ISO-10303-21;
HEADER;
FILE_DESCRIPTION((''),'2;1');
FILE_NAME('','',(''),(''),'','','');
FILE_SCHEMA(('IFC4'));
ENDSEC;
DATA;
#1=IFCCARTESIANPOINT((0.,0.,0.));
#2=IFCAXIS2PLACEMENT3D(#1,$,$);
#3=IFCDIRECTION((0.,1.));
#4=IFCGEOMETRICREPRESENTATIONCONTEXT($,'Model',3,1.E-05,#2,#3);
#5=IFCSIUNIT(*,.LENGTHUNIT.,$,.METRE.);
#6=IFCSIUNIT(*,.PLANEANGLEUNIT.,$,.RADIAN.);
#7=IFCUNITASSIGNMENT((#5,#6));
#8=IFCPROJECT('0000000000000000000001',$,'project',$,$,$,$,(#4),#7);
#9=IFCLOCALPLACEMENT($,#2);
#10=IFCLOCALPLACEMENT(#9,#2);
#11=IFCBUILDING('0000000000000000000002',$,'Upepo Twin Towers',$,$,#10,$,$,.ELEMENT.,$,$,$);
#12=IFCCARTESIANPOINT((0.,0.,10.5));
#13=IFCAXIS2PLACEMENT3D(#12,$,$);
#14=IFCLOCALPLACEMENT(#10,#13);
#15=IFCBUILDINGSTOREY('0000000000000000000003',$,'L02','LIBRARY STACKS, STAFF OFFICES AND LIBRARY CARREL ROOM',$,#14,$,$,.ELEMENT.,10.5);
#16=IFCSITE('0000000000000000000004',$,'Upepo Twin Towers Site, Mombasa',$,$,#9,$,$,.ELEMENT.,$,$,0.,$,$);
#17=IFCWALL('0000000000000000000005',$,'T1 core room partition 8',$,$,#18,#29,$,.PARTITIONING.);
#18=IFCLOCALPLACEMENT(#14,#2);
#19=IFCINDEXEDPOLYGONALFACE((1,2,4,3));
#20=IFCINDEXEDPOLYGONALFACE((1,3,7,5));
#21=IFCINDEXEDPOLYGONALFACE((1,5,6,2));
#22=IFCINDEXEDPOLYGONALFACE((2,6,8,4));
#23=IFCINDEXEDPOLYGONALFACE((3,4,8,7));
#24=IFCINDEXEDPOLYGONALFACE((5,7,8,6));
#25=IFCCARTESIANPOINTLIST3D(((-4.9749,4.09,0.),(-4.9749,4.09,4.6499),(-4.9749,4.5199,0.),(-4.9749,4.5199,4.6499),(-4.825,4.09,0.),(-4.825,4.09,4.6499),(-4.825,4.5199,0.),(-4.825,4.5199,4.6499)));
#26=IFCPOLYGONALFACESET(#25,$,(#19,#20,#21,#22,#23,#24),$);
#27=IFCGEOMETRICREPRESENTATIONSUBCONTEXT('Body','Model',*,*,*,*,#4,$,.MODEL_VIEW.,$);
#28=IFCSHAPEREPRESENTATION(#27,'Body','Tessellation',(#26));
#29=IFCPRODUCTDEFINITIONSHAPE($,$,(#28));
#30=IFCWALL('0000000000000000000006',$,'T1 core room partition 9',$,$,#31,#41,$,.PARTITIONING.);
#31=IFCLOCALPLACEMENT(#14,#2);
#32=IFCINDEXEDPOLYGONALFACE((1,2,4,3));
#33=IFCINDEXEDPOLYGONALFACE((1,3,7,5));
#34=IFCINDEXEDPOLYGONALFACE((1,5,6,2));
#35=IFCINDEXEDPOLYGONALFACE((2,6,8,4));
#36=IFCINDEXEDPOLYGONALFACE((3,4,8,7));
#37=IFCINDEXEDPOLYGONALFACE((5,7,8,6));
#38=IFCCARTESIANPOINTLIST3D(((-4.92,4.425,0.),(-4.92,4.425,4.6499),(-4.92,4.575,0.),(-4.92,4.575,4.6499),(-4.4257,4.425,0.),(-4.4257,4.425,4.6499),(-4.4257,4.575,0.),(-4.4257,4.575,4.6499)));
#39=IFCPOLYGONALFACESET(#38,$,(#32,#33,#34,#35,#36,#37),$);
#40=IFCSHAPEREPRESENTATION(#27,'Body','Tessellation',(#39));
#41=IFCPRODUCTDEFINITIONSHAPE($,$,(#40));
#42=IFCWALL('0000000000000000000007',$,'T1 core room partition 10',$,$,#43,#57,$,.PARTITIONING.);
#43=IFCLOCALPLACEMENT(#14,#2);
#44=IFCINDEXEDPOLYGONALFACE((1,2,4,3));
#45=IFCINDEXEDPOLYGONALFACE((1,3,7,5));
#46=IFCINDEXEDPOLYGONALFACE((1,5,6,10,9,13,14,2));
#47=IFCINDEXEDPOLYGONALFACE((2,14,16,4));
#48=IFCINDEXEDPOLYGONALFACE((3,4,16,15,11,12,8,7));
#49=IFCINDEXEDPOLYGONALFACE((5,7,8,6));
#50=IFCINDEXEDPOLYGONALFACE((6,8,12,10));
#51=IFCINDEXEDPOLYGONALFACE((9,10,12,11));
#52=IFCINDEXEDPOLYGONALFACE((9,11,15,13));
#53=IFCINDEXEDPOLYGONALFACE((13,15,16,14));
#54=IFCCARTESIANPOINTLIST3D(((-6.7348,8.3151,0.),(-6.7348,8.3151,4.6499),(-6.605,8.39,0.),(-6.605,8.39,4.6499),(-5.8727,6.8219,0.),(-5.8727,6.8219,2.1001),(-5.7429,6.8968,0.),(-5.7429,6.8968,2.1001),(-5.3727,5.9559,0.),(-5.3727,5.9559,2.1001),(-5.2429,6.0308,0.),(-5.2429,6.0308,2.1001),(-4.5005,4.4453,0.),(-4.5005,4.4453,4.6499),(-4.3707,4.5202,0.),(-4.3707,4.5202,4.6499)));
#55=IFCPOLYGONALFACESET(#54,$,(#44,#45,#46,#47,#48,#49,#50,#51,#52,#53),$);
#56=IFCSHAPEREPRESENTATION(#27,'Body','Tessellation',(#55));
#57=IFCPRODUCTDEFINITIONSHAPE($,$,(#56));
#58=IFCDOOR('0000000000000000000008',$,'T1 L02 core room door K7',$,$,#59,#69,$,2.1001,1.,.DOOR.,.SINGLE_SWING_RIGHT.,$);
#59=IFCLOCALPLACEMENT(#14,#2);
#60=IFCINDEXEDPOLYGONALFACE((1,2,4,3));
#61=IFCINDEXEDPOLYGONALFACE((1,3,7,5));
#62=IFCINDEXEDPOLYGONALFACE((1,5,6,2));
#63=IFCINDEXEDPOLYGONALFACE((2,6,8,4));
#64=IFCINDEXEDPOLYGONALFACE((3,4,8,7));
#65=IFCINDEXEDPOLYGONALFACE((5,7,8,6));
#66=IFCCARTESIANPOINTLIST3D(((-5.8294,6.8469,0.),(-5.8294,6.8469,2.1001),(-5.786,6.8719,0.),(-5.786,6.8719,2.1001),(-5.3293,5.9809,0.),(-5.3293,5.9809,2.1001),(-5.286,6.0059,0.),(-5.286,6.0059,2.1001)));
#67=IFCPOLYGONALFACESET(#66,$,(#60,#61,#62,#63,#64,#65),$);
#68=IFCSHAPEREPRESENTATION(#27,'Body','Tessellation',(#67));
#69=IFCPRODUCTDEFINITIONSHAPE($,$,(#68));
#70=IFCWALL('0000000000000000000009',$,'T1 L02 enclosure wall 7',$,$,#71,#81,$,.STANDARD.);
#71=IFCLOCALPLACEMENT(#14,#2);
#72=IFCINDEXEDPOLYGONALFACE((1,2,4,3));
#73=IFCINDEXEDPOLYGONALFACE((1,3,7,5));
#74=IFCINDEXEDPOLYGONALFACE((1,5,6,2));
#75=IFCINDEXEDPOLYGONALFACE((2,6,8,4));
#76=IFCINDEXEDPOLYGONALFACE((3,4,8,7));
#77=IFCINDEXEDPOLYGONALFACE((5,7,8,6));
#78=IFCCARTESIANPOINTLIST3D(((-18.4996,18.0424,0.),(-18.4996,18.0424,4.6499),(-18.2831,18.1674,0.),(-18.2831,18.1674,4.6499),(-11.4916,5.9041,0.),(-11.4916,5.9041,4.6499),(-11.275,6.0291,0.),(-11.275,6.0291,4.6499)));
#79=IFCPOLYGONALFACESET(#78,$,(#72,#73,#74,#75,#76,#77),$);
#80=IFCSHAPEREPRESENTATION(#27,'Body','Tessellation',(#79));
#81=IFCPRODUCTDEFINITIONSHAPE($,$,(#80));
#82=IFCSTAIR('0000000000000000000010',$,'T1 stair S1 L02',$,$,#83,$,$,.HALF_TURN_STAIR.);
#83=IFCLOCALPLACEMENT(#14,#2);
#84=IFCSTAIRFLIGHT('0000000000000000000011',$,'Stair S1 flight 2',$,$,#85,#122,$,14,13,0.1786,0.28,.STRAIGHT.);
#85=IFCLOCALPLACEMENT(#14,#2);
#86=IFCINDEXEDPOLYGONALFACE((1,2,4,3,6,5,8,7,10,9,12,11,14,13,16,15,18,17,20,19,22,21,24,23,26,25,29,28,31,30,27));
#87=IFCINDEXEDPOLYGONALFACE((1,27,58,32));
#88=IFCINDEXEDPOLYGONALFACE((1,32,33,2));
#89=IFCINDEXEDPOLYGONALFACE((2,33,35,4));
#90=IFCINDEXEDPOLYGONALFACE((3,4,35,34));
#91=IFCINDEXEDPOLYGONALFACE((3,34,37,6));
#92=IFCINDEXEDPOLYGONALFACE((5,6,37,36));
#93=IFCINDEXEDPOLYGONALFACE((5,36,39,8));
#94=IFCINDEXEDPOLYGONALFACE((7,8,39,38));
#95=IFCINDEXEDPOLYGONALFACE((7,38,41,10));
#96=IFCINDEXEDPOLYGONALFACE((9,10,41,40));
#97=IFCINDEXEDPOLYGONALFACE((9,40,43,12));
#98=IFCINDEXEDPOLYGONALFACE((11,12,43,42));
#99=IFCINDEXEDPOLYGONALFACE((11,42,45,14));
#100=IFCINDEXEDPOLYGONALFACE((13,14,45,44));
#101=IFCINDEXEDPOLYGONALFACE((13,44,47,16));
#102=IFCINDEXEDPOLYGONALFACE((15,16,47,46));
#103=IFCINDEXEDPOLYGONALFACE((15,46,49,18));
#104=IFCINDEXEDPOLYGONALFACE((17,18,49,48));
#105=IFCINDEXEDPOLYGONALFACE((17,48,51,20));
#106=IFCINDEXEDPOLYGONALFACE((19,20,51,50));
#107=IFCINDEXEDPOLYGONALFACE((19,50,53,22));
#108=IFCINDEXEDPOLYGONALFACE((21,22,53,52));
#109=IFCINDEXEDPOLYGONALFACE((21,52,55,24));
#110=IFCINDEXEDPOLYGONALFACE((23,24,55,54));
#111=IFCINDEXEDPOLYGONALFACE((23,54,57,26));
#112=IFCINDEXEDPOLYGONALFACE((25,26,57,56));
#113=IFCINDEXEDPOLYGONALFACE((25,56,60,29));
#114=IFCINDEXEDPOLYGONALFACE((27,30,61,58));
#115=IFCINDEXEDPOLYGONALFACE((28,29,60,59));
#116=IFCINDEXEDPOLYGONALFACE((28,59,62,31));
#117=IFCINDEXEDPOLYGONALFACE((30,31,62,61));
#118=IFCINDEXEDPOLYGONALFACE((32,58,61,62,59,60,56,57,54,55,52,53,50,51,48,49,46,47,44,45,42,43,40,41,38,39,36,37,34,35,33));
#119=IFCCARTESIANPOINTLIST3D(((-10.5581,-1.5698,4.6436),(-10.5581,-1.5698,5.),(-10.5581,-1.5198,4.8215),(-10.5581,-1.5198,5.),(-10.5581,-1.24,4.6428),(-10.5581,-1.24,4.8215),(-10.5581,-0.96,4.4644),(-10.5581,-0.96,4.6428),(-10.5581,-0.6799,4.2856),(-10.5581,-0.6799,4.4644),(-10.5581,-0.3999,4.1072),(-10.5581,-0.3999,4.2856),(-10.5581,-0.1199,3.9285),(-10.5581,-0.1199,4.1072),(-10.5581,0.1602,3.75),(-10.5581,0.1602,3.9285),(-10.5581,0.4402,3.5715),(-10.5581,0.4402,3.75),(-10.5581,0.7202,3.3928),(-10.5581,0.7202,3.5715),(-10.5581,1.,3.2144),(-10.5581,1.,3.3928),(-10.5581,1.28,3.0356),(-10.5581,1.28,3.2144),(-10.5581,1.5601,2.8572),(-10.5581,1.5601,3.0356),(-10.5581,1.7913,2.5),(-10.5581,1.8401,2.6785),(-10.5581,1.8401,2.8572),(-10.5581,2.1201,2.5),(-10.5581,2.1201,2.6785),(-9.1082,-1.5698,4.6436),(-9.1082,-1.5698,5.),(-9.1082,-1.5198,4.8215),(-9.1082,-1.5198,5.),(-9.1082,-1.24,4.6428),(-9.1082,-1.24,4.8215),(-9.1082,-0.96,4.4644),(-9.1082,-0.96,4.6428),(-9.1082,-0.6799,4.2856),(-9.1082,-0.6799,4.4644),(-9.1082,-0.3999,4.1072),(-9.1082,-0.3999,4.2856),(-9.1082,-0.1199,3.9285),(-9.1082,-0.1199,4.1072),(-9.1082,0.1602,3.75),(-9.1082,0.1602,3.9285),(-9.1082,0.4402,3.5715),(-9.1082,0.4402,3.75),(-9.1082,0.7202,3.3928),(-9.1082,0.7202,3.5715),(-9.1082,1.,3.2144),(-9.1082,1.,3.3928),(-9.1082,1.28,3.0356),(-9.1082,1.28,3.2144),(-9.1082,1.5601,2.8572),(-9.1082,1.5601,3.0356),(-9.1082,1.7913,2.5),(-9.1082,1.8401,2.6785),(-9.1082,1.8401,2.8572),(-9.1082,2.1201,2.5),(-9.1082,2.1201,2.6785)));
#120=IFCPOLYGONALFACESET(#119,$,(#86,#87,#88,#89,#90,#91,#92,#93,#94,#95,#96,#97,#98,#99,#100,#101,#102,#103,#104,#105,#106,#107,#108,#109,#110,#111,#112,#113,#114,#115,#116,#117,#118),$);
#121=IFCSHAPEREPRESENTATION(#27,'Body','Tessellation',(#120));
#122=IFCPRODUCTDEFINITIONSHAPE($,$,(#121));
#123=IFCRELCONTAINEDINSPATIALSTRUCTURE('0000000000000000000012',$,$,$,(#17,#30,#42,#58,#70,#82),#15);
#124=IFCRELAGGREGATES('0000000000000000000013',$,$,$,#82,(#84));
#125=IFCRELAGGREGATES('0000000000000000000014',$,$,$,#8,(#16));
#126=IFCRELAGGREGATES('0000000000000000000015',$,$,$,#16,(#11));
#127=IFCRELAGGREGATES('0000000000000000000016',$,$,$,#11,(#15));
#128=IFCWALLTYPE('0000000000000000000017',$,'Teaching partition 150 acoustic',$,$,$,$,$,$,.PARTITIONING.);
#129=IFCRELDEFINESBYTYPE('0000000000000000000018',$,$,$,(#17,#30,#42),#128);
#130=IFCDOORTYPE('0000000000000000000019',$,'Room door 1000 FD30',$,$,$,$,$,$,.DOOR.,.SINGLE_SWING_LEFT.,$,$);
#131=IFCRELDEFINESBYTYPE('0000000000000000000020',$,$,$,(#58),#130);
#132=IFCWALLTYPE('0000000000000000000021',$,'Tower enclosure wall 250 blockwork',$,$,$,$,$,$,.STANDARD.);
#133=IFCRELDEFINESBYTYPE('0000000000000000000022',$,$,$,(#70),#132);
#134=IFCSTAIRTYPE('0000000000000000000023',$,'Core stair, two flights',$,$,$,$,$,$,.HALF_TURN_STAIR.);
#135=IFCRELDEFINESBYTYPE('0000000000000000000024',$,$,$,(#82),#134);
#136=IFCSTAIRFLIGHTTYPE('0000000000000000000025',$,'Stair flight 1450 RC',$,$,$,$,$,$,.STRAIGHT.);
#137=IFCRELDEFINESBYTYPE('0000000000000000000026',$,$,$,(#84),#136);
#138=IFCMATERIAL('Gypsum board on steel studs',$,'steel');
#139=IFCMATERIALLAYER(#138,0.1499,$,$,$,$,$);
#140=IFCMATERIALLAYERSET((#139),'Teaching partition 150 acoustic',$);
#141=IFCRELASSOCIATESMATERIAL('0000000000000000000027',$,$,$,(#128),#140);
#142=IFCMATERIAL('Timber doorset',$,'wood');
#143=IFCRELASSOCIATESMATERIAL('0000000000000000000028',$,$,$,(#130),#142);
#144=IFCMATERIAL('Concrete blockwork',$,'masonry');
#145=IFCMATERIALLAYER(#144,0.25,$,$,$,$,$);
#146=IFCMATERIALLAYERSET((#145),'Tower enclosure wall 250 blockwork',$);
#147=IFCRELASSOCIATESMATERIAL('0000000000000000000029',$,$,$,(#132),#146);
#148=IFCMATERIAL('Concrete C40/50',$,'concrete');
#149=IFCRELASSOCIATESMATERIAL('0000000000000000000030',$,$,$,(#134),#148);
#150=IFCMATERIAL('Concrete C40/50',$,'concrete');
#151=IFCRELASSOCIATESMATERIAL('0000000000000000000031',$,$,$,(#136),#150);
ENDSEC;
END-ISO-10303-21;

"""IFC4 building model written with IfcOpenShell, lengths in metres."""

from ifc_helpers import new_model, si_unit, direction, frame, frame_2d, origin, place, context, subcontext, project, spatial, polyline, rectangle, outline, extrude, material, layer, layer_set, type_object, element, fill, aggregate, save


model = new_model("IFC4")

# Units and contexts
model_context = context("Model", 3, precision=1e-05, world=origin(), true_north=direction((0.0, 1.0)))
body_context = subcontext(model_context, "Body", "Model", "MODEL_VIEW")
ifc_project = project(units=[si_unit("LENGTHUNIT", "METRE"), si_unit("PLANEANGLEUNIT", "RADIAN")], contexts=[model_context])

# Site, building, storey
site_placement = place(None, origin())
site = spatial("IfcSite", under=ifc_project, at=site_placement, Name="Upepo Twin Towers Site, Mombasa", CompositionType="ELEMENT", RefElevation=0.0)
building_placement = place(site_placement, origin())
building = spatial("IfcBuilding", under=site, at=building_placement, Name="Upepo Twin Towers", CompositionType="ELEMENT")
storey_placement = place(building_placement, frame((0.0, 0.0, 10.5)))
storey = spatial("IfcBuildingStorey", under=building, at=storey_placement, Name="L02", Description="LIBRARY STACKS, STAFF OFFICES AND LIBRARY CARREL ROOM", CompositionType="ELEMENT", Elevation=10.5)

# Walls
ifc_material_1 = material(Name="Gypsum board on steel studs", Category="steel")
ifc_layer_1 = layer(ifc_material_1, 0.1499)
ifc_layer_set_1 = layer_set([ifc_layer_1], Name="Teaching partition 150 acoustic")
wall_type_1 = type_object("IfcWallType", Name="Teaching partition 150 acoustic", PredefinedType="PARTITIONING", material=ifc_layer_set_1)
wall_1_placement = place(storey_placement, frame((-4.8999, 4.0901, 0.0), z_axis=(0.0, 0.0, 1.0), x_axis=(0.0, 1.0, 0.0)))
element("IfcWall", 1, at=wall_1_placement, inside=storey, type_object=wall_type_1, Name="T1 core room partition 8", PredefinedType="PARTITIONING", context=body_context, shape_type="SweptSolid", body=[
    extrude(rectangle(XDim=0.4299, YDim=0.1499, at=frame_2d((0.2148, 0.0))), origin(), (0.0, 0.0, 1.0), 4.6499),
])
wall_2_placement = place(storey_placement, frame((-4.9199, 4.5, 0.0), z_axis=(0.0, 0.0, 1.0), x_axis=(1.0, 0.0, 0.0)))
element("IfcWall", 2, at=wall_2_placement, inside=storey, type_object=wall_type_1, Name="T1 core room partition 9", PredefinedType="PARTITIONING", context=body_context, shape_type="SweptSolid", body=[
    extrude(rectangle(XDim=0.4944, YDim=0.1499, at=frame_2d((0.2471, 0.0))), origin(), (0.0, 0.0, 1.0), 4.6499),
])

# Wall, opening, door
wall_3_placement = place(storey_placement, frame((-4.4355, 4.4827, 0.0), z_axis=(0.0, 0.0, 1.0), x_axis=(-0.500017, 0.866015, 0.0)))
wall_3 = element("IfcWall", 3, at=wall_3_placement, inside=storey, type_object=wall_type_1, Name="T1 core room partition 10", PredefinedType="PARTITIONING", context=body_context, shape_type="SweptSolid", body=[
    extrude(rectangle(XDim=4.4685, YDim=0.1499, at=frame_2d((2.2344, 0.0))), origin(), (0.0, 0.0, 1.0), 4.6499),
])
opening_1_placement = place(wall_3_placement, frame((1.7444, 0.0, 0.0)))
opening_1 = element("IfcOpeningElement", 4, at=opening_1_placement, cuts=wall_3, PredefinedType="OPENING", context=body_context, shape_type="SweptSolid", body=[
    extrude(rectangle(XDim=1.0, YDim=2.1001, at=frame_2d((0.5, 1.05))), frame((0.0, 0.085, 0.0), z_axis=(0.0, -1.0, 0.0), x_axis=(1.0, 0.0, 0.0)), (0.0, 0.0, 1.0), 0.1699),
])
ifc_material_2 = material(Name="Timber doorset", Category="wood")
door_type_1 = type_object("IfcDoorType", Name="Room door 1000 FD30", OperationType="SINGLE_SWING_LEFT", PredefinedType="DOOR", material=ifc_material_2)
door_1_placement = place(opening_1_placement, origin())
door_1 = element("IfcDoor", 5, at=door_1_placement, inside=storey, type_object=door_type_1, Name="T1 L02 core room door K7", OperationType="SINGLE_SWING_RIGHT", OverallHeight=2.1001, OverallWidth=1.0, PredefinedType="DOOR", context=body_context, shape_type="SweptSolid", body=[
    extrude(rectangle(XDim=1.0, YDim=2.1001, at=frame_2d((0.5, 1.05))), frame((0.0, 0.0249, 0.0), z_axis=(0.0, -1.0, 0.0), x_axis=(1.0, 0.0, 0.0)), (0.0, 0.0, 1.0), 0.05),
])
fill(opening_1, door_1)

# Wall
ifc_material_3 = material(Name="Concrete blockwork", Category="masonry")
ifc_layer_2 = layer(ifc_material_3, 0.25)
ifc_layer_set_2 = layer_set([ifc_layer_2], Name="Tower enclosure wall 250 blockwork")
wall_type_2 = type_object("IfcWallType", Name="Tower enclosure wall 250 blockwork", PredefinedType="STANDARD", material=ifc_layer_set_2)
wall_4_placement = place(storey_placement, frame((-11.3833, 5.9666, 0.0), z_axis=(0.0, 0.0, 1.0), x_axis=(-0.499996, 0.866028, 0.0)))
element("IfcWall", 6, at=wall_4_placement, inside=storey, type_object=wall_type_2, Name="T1 L02 enclosure wall 7", PredefinedType="STANDARD", context=body_context, shape_type="SweptSolid", body=[
    extrude(rectangle(XDim=14.0161, YDim=0.25, at=frame_2d((7.0081, 0.0))), origin(), (0.0, 0.0, 1.0), 4.6499),
])

# Stair, stair flight
ifc_material_4 = material(Name="Concrete C40/50", Category="concrete")
stair_type = type_object("IfcStairType", Name="Core stair, two flights", PredefinedType="HALF_TURN_STAIR", material=ifc_material_4)
stair_placement = place(storey_placement, origin())
stair = element("IfcStair", 7, at=stair_placement, inside=storey, type_object=stair_type, Name="T1 stair S1 L02", PredefinedType="HALF_TURN_STAIR")
ifc_material_5 = material(Name="Concrete C40/50", Category="concrete")
stair_flight_type = type_object("IfcStairFlightType", Name="Stair flight 1450 RC", PredefinedType="STRAIGHT", material=ifc_material_5)
stair_flight_placement = place(storey_placement, frame((-9.8333, 2.1201, 2.5), z_axis=(0.0, 0.0, 1.0), x_axis=(0.0, -1.0, 0.0)))
stair_flight = element("IfcStairFlight", 8, at=stair_flight_placement, type_object=stair_flight_type, Name="Stair S1 flight 2", NumberOfRisers=14, NumberOfTreads=13, PredefinedType="STRAIGHT", RiserHeight=0.1786, TreadLength=0.28, context=body_context, shape_type="SweptSolid", body=[
    extrude(outline(polyline([(0.0, 0.0), (0.0, 0.1785), (0.28, 0.1785), (0.28, 0.3572), (0.5601, 0.3572), (0.5601, 0.5356), (0.8401, 0.5356), (0.8401, 0.7144), (1.1201, 0.7144), (1.1201, 0.8928), (1.3999, 0.8928), (1.3999, 1.0715), (1.6799, 1.0715), (1.6799, 1.25), (1.96, 1.25), (1.96, 1.4285), (2.24, 1.4285), (2.24, 1.6072), (2.52, 1.6072), (2.52, 1.7856), (2.8, 1.7856), (2.8, 1.9644), (3.0801, 1.9644), (3.0801, 2.1428), (3.3601, 2.1428), (3.3601, 2.3215), (3.6399, 2.3215), (3.6399, 2.5), (3.6899, 2.5), (3.6899, 2.1436), (0.3289, 0.0), (0.0, 0.0)])), frame((0.0, 0.7251, 0.0), z_axis=(0.0, -1.0, 0.0), x_axis=(1.0, 0.0, 0.0)), (0.0, 0.0, 1.0), 1.45),
])
aggregate(stair, [stair_flight])

save(model, "model.ifc")
